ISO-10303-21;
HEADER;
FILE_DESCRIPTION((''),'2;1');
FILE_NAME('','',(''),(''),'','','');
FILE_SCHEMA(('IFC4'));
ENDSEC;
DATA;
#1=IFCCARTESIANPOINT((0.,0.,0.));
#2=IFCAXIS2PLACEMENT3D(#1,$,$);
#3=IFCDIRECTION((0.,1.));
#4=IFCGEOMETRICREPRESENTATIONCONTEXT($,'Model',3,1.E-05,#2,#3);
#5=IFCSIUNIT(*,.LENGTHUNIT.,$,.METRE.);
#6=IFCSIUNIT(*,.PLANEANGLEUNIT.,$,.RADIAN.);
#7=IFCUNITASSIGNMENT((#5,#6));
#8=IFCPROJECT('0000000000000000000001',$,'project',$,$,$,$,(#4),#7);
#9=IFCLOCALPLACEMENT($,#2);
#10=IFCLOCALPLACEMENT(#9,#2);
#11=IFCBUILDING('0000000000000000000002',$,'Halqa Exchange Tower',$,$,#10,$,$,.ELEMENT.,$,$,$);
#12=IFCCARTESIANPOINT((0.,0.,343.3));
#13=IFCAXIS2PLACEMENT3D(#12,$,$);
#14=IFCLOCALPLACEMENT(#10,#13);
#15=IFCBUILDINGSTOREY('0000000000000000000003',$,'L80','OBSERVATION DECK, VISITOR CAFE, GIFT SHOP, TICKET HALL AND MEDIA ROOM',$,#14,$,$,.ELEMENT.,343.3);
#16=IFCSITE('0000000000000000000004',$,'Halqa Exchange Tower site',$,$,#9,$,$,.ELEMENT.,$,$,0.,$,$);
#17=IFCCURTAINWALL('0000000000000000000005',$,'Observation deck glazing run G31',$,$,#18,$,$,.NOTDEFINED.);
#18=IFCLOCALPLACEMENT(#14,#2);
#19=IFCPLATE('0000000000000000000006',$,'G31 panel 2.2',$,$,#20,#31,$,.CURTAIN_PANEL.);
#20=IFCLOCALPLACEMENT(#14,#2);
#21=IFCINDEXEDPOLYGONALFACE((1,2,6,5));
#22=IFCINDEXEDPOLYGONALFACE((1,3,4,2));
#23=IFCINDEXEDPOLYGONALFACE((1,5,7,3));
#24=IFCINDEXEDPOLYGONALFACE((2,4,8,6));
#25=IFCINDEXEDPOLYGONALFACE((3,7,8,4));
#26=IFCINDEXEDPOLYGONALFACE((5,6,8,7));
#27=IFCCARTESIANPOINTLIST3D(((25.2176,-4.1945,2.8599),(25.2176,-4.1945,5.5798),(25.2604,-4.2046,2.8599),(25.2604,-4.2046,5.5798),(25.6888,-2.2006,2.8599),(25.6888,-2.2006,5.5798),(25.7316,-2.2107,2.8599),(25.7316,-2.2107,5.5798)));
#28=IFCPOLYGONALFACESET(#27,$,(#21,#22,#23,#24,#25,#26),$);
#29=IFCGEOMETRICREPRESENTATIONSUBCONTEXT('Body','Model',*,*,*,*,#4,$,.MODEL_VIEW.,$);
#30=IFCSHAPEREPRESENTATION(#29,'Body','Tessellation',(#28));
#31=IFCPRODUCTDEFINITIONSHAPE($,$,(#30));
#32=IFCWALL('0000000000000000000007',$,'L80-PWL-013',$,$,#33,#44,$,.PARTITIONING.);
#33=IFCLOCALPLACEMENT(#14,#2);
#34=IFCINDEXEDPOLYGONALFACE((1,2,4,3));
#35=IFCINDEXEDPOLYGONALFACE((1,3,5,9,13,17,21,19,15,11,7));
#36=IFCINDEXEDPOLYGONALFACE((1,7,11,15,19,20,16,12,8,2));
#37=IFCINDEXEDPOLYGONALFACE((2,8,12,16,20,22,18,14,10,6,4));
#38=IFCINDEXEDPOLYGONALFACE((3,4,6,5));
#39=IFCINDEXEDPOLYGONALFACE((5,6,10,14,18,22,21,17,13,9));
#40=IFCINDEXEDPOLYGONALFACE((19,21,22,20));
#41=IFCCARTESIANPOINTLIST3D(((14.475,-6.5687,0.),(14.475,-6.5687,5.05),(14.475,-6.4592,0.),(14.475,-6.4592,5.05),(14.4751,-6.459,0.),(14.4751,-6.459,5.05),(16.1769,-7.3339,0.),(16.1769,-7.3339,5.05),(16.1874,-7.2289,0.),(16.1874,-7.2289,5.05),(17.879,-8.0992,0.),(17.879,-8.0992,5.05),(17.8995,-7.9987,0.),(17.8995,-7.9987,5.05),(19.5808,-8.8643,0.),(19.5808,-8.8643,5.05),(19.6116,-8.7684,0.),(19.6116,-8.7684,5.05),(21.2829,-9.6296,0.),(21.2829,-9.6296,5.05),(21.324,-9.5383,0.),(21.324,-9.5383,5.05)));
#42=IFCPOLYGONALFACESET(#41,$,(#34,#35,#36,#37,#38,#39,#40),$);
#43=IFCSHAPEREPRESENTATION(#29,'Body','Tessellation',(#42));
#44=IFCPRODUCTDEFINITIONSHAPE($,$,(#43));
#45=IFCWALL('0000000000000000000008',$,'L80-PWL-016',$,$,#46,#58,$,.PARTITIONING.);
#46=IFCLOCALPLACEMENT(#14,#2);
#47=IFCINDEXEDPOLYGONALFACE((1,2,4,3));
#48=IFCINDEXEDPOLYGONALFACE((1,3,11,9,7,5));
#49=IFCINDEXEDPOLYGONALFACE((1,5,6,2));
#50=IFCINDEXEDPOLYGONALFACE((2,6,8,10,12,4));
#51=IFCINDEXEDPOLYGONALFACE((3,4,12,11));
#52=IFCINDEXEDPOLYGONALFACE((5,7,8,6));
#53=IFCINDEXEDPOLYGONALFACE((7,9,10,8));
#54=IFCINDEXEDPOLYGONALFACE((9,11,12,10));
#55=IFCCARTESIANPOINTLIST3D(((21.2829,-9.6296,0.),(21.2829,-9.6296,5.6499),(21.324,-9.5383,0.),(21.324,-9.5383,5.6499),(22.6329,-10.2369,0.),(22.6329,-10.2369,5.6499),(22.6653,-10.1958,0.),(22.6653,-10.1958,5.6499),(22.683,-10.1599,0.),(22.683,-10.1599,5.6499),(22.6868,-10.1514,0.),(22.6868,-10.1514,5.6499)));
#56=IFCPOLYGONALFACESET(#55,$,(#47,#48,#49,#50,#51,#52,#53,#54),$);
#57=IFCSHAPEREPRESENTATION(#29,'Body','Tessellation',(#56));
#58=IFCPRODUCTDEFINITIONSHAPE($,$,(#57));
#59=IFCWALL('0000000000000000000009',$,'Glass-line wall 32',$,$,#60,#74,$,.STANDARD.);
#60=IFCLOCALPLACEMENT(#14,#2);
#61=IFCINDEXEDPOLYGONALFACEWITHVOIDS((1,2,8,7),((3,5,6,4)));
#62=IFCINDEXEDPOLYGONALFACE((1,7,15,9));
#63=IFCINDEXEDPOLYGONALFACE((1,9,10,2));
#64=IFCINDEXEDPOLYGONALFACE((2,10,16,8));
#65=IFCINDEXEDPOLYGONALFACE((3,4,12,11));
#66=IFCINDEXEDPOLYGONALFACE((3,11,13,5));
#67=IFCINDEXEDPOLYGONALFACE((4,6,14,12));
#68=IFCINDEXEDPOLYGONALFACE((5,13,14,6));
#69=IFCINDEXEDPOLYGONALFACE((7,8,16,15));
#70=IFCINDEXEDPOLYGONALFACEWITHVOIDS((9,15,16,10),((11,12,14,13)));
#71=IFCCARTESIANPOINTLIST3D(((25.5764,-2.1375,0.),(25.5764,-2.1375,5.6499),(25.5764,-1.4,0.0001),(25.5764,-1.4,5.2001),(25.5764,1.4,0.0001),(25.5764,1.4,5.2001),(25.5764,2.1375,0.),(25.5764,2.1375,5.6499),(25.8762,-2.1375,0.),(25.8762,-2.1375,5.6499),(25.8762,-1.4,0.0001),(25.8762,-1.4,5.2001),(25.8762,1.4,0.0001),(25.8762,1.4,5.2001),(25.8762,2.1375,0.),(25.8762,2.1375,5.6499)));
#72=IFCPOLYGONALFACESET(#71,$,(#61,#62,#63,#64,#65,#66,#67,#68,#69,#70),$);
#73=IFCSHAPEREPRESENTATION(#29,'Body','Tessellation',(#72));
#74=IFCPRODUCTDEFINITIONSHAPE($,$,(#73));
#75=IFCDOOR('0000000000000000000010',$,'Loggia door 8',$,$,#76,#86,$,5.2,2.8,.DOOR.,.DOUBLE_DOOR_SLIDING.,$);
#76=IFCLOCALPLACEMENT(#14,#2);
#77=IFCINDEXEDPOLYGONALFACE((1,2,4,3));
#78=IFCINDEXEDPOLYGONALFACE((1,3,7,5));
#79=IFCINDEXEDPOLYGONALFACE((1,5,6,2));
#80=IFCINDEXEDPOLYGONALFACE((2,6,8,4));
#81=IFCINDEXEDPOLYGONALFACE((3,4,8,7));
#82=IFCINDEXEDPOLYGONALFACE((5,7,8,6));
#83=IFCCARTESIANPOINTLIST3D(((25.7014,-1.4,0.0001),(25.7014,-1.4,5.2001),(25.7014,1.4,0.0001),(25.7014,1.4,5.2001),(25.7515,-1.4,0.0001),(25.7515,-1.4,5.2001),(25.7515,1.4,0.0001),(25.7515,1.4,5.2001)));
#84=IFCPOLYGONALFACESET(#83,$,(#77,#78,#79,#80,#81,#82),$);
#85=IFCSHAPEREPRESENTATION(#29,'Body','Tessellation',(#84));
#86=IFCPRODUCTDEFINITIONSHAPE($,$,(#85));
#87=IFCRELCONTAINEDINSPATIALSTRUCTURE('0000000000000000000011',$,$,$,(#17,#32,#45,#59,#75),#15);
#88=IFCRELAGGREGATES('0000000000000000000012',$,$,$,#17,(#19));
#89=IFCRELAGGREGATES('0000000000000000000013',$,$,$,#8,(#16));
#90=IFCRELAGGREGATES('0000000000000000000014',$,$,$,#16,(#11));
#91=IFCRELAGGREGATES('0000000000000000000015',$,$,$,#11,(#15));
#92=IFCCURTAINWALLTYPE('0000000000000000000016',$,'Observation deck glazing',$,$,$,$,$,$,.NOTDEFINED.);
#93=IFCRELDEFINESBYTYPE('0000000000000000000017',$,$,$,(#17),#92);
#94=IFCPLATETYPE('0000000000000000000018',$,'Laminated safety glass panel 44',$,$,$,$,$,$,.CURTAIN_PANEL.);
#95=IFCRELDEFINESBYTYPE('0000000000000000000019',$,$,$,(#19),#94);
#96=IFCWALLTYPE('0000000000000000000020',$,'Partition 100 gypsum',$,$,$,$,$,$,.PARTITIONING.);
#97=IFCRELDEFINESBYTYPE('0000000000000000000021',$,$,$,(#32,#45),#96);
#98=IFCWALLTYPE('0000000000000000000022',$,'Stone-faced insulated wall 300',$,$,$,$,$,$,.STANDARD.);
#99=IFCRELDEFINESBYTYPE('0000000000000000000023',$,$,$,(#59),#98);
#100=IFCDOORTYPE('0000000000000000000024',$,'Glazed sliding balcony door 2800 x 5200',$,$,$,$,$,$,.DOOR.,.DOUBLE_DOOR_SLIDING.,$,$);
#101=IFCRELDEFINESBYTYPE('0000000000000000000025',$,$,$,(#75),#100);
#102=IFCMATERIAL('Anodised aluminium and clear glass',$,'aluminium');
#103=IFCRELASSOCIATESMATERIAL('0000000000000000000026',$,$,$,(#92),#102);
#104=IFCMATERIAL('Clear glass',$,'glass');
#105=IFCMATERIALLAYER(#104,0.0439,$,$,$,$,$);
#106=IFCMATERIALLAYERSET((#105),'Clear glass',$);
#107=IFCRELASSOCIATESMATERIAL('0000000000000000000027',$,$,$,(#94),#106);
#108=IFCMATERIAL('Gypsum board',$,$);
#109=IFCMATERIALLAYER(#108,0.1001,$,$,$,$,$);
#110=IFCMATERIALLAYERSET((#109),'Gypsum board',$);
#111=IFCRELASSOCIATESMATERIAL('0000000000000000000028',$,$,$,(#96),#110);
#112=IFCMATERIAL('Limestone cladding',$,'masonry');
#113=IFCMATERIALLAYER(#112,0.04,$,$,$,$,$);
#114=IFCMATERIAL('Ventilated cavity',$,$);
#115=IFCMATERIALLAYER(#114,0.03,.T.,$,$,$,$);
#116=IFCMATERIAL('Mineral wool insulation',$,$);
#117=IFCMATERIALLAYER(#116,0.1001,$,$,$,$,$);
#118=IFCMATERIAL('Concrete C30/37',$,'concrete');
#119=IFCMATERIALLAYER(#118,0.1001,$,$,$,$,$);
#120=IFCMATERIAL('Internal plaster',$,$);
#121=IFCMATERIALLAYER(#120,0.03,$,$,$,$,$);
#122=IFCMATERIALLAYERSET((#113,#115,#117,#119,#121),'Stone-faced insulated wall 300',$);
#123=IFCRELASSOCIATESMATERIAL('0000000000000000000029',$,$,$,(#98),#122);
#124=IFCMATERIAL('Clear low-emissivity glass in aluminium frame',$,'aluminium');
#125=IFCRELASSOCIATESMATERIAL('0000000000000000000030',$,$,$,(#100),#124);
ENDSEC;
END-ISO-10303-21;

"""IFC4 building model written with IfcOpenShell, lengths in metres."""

from ifc_helpers import new_model, si_unit, direction, frame, frame_2d, origin, origin_2d, place, context, subcontext, project, spatial, polyline, rectangle, outline, extrude, material, layer, layer_set, type_object, element, fill, aggregate, save


model = new_model("IFC4")

# Units and contexts
model_context = context("Model", 3, precision=1e-05, world=origin(), true_north=direction((0.0, 1.0)))
body_context = subcontext(model_context, "Body", "Model", "MODEL_VIEW")
ifc_project = project(units=[si_unit("LENGTHUNIT", "METRE"), si_unit("PLANEANGLEUNIT", "RADIAN")], contexts=[model_context])

# Site, building, storey
site_placement = place(None, origin())
site = spatial("IfcSite", under=ifc_project, at=site_placement, Name="Halqa Exchange Tower site", CompositionType="ELEMENT", RefElevation=0.0)
building_placement = place(site_placement, origin())
building = spatial("IfcBuilding", under=site, at=building_placement, Name="Halqa Exchange Tower", CompositionType="ELEMENT")
storey_placement = place(building_placement, frame((0.0, 0.0, 343.3)))
storey = spatial("IfcBuildingStorey", under=building, at=storey_placement, Name="L80", Description="OBSERVATION DECK, VISITOR CAFE, GIFT SHOP, TICKET HALL AND MEDIA ROOM", CompositionType="ELEMENT", Elevation=343.3)

# Curtain wall
ifc_material_1 = material(Name="Anodised aluminium and clear glass", Category="aluminium")
curtain_wall_type = type_object("IfcCurtainWallType", Name="Observation deck glazing", PredefinedType="NOTDEFINED", material=ifc_material_1)
curtain_wall_1_placement = place(storey_placement, origin())
curtain_wall_1 = element("IfcCurtainWall", 1, at=curtain_wall_1_placement, inside=storey, type_object=curtain_wall_type, Name="Observation deck glazing run G31", PredefinedType="NOTDEFINED")

# Plate
ifc_material_2 = material(Name="Clear glass", Category="glass")
ifc_layer_1 = layer(ifc_material_2, 0.0439)
ifc_layer_set_1 = layer_set([ifc_layer_1], Name="Clear glass")
plate_type = type_object("IfcPlateType", Name="Laminated safety glass panel 44", PredefinedType="CURTAIN_PANEL", material=ifc_layer_set_1)
plate_1_placement = place(storey_placement, frame((25.4746, -3.2026, 2.8599), z_axis=(0.0, 0.0, 1.0), x_axis=(0.229995, 0.973192, 0.0)))
plate_1 = element("IfcPlate", 2, at=plate_1_placement, type_object=plate_type, Name="G31 panel 2.2", PredefinedType="CURTAIN_PANEL", context=body_context, shape_type="SweptSolid", body=[
    extrude(rectangle(XDim=2.0488, YDim=0.0439, at=origin_2d()), origin(), (0.0, 0.0, 1.0), 2.72),
])
aggregate(curtain_wall_1, [plate_1])

# Walls
ifc_material_3 = material(Name="Gypsum board")
ifc_layer_2 = layer(ifc_material_3, 0.1001)
ifc_layer_set_2 = layer_set([ifc_layer_2], Name="Gypsum board")
wall_type_1 = type_object("IfcWallType", Name="Partition 100 gypsum", PredefinedType="PARTITIONING", material=ifc_layer_set_2)
wall_1_placement = place(storey_placement, frame((14.4546, -6.5046, 0.0), z_axis=(0.0, 0.0, 1.0), x_axis=(0.912053, -0.410071, 0.0)))
element("IfcWall", 3, at=wall_1_placement, inside=storey, type_object=wall_type_1, Name="L80-PWL-013", PredefinedType="PARTITIONING", context=body_context, shape_type="SweptSolid", body=[
    extrude(outline(polyline([(0.0, 0.05), (0.0, 0.0498), (0.0449, -0.05), (1.9109, -0.05), (3.7771, -0.05), (5.6431, -0.05), (7.5093, -0.05), (7.5093, 0.05), (5.6318, 0.05), (3.7546, 0.05), (1.8774, 0.05), (0.0, 0.05)])), origin(), (0.0, 0.0, 1.0), 5.05),
])
wall_2_placement = place(storey_placement, frame((21.3035, -9.584, 0.0), z_axis=(0.0, 0.0, 1.0), x_axis=(0.911977, -0.410242, 0.0)))
element("IfcWall", 4, at=wall_2_placement, inside=storey, type_object=wall_type_1, Name="L80-PWL-016", PredefinedType="PARTITIONING", context=body_context, shape_type="SweptSolid", body=[
    extrude(outline(polyline([(0.0, -0.05), (1.4802, -0.05), (1.4929, 0.0007), (1.4944, 0.0408), (1.4944, 0.05), (0.0, 0.05), (0.0, -0.05)])), origin(), (0.0, 0.0, 1.0), 5.6499),
])

# Wall, opening, door
ifc_material_4 = material(Name="Limestone cladding", Category="masonry")
ifc_layer_3 = layer(ifc_material_4, 0.04)
ifc_material_5 = material(Name="Ventilated cavity")
ifc_layer_4 = layer(ifc_material_5, 0.03, ventilated=True)
ifc_material_6 = material(Name="Mineral wool insulation")
ifc_layer_5 = layer(ifc_material_6, 0.1001)
ifc_material_7 = material(Name="Concrete C30/37", Category="concrete")
ifc_layer_6 = layer(ifc_material_7, 0.1001)
ifc_material_8 = material(Name="Internal plaster")
ifc_layer_7 = layer(ifc_material_8, 0.03)
ifc_layer_set_3 = layer_set([ifc_layer_3, ifc_layer_4, ifc_layer_5, ifc_layer_6, ifc_layer_7], Name="Stone-faced insulated wall 300")
wall_type_2 = type_object("IfcWallType", Name="Stone-faced insulated wall 300", PredefinedType="STANDARD", material=ifc_layer_set_3)
wall_3_placement = place(storey_placement, frame((25.7263, -2.1375, 0.0), z_axis=(0.0, 0.0, 1.0), x_axis=(0.0, 1.0, 0.0)))
wall_3 = element("IfcWall", 5, at=wall_3_placement, inside=storey, type_object=wall_type_2, Name="Glass-line wall 32", PredefinedType="STANDARD", context=body_context, shape_type="SweptSolid", body=[
    extrude(outline(polyline([(0.0, -0.1499), (4.2749, -0.1499), (4.2749, 0.1499), (0.0, 0.1499), (0.0, -0.1499)])), origin(), (0.0, 0.0, 1.0), 5.6499),
])
opening_placement = place(wall_3_placement, frame((0.7375, 0.0, 0.0)))
opening = element("IfcOpeningElement", 6, at=opening_placement, cuts=wall_3, PredefinedType="OPENING", context=body_context, shape_type="SweptSolid", body=[
    extrude(rectangle(XDim=2.8, YDim=5.2, at=frame_2d((1.3999, 2.6001))), frame((0.0, 0.1621, 0.0), z_axis=(0.0, -1.0, 0.0), x_axis=(1.0, 0.0, 0.0)), (0.0, 0.0, 1.0), 0.324),
])
ifc_material_9 = material(Name="Clear low-emissivity glass in aluminium frame", Category="aluminium")
door_type = type_object("IfcDoorType", Name="Glazed sliding balcony door 2800 x 5200", OperationType="DOUBLE_DOOR_SLIDING", PredefinedType="DOOR", material=ifc_material_9)
door_placement = place(opening_placement, origin())
door = element("IfcDoor", 7, at=door_placement, inside=storey, type_object=door_type, Name="Loggia door 8", OperationType="DOUBLE_DOOR_SLIDING", OverallHeight=5.2, OverallWidth=2.8, PredefinedType="DOOR", context=body_context, shape_type="SweptSolid", body=[
    extrude(rectangle(XDim=2.8, YDim=5.2, at=frame_2d((1.3999, 2.6001))), frame((0.0, 0.0249, 0.0), z_axis=(0.0, -1.0, 0.0), x_axis=(1.0, 0.0, 0.0)), (0.0, 0.0, 1.0), 0.05),
])
fill(opening, door)

save(model, "model.ifc")
